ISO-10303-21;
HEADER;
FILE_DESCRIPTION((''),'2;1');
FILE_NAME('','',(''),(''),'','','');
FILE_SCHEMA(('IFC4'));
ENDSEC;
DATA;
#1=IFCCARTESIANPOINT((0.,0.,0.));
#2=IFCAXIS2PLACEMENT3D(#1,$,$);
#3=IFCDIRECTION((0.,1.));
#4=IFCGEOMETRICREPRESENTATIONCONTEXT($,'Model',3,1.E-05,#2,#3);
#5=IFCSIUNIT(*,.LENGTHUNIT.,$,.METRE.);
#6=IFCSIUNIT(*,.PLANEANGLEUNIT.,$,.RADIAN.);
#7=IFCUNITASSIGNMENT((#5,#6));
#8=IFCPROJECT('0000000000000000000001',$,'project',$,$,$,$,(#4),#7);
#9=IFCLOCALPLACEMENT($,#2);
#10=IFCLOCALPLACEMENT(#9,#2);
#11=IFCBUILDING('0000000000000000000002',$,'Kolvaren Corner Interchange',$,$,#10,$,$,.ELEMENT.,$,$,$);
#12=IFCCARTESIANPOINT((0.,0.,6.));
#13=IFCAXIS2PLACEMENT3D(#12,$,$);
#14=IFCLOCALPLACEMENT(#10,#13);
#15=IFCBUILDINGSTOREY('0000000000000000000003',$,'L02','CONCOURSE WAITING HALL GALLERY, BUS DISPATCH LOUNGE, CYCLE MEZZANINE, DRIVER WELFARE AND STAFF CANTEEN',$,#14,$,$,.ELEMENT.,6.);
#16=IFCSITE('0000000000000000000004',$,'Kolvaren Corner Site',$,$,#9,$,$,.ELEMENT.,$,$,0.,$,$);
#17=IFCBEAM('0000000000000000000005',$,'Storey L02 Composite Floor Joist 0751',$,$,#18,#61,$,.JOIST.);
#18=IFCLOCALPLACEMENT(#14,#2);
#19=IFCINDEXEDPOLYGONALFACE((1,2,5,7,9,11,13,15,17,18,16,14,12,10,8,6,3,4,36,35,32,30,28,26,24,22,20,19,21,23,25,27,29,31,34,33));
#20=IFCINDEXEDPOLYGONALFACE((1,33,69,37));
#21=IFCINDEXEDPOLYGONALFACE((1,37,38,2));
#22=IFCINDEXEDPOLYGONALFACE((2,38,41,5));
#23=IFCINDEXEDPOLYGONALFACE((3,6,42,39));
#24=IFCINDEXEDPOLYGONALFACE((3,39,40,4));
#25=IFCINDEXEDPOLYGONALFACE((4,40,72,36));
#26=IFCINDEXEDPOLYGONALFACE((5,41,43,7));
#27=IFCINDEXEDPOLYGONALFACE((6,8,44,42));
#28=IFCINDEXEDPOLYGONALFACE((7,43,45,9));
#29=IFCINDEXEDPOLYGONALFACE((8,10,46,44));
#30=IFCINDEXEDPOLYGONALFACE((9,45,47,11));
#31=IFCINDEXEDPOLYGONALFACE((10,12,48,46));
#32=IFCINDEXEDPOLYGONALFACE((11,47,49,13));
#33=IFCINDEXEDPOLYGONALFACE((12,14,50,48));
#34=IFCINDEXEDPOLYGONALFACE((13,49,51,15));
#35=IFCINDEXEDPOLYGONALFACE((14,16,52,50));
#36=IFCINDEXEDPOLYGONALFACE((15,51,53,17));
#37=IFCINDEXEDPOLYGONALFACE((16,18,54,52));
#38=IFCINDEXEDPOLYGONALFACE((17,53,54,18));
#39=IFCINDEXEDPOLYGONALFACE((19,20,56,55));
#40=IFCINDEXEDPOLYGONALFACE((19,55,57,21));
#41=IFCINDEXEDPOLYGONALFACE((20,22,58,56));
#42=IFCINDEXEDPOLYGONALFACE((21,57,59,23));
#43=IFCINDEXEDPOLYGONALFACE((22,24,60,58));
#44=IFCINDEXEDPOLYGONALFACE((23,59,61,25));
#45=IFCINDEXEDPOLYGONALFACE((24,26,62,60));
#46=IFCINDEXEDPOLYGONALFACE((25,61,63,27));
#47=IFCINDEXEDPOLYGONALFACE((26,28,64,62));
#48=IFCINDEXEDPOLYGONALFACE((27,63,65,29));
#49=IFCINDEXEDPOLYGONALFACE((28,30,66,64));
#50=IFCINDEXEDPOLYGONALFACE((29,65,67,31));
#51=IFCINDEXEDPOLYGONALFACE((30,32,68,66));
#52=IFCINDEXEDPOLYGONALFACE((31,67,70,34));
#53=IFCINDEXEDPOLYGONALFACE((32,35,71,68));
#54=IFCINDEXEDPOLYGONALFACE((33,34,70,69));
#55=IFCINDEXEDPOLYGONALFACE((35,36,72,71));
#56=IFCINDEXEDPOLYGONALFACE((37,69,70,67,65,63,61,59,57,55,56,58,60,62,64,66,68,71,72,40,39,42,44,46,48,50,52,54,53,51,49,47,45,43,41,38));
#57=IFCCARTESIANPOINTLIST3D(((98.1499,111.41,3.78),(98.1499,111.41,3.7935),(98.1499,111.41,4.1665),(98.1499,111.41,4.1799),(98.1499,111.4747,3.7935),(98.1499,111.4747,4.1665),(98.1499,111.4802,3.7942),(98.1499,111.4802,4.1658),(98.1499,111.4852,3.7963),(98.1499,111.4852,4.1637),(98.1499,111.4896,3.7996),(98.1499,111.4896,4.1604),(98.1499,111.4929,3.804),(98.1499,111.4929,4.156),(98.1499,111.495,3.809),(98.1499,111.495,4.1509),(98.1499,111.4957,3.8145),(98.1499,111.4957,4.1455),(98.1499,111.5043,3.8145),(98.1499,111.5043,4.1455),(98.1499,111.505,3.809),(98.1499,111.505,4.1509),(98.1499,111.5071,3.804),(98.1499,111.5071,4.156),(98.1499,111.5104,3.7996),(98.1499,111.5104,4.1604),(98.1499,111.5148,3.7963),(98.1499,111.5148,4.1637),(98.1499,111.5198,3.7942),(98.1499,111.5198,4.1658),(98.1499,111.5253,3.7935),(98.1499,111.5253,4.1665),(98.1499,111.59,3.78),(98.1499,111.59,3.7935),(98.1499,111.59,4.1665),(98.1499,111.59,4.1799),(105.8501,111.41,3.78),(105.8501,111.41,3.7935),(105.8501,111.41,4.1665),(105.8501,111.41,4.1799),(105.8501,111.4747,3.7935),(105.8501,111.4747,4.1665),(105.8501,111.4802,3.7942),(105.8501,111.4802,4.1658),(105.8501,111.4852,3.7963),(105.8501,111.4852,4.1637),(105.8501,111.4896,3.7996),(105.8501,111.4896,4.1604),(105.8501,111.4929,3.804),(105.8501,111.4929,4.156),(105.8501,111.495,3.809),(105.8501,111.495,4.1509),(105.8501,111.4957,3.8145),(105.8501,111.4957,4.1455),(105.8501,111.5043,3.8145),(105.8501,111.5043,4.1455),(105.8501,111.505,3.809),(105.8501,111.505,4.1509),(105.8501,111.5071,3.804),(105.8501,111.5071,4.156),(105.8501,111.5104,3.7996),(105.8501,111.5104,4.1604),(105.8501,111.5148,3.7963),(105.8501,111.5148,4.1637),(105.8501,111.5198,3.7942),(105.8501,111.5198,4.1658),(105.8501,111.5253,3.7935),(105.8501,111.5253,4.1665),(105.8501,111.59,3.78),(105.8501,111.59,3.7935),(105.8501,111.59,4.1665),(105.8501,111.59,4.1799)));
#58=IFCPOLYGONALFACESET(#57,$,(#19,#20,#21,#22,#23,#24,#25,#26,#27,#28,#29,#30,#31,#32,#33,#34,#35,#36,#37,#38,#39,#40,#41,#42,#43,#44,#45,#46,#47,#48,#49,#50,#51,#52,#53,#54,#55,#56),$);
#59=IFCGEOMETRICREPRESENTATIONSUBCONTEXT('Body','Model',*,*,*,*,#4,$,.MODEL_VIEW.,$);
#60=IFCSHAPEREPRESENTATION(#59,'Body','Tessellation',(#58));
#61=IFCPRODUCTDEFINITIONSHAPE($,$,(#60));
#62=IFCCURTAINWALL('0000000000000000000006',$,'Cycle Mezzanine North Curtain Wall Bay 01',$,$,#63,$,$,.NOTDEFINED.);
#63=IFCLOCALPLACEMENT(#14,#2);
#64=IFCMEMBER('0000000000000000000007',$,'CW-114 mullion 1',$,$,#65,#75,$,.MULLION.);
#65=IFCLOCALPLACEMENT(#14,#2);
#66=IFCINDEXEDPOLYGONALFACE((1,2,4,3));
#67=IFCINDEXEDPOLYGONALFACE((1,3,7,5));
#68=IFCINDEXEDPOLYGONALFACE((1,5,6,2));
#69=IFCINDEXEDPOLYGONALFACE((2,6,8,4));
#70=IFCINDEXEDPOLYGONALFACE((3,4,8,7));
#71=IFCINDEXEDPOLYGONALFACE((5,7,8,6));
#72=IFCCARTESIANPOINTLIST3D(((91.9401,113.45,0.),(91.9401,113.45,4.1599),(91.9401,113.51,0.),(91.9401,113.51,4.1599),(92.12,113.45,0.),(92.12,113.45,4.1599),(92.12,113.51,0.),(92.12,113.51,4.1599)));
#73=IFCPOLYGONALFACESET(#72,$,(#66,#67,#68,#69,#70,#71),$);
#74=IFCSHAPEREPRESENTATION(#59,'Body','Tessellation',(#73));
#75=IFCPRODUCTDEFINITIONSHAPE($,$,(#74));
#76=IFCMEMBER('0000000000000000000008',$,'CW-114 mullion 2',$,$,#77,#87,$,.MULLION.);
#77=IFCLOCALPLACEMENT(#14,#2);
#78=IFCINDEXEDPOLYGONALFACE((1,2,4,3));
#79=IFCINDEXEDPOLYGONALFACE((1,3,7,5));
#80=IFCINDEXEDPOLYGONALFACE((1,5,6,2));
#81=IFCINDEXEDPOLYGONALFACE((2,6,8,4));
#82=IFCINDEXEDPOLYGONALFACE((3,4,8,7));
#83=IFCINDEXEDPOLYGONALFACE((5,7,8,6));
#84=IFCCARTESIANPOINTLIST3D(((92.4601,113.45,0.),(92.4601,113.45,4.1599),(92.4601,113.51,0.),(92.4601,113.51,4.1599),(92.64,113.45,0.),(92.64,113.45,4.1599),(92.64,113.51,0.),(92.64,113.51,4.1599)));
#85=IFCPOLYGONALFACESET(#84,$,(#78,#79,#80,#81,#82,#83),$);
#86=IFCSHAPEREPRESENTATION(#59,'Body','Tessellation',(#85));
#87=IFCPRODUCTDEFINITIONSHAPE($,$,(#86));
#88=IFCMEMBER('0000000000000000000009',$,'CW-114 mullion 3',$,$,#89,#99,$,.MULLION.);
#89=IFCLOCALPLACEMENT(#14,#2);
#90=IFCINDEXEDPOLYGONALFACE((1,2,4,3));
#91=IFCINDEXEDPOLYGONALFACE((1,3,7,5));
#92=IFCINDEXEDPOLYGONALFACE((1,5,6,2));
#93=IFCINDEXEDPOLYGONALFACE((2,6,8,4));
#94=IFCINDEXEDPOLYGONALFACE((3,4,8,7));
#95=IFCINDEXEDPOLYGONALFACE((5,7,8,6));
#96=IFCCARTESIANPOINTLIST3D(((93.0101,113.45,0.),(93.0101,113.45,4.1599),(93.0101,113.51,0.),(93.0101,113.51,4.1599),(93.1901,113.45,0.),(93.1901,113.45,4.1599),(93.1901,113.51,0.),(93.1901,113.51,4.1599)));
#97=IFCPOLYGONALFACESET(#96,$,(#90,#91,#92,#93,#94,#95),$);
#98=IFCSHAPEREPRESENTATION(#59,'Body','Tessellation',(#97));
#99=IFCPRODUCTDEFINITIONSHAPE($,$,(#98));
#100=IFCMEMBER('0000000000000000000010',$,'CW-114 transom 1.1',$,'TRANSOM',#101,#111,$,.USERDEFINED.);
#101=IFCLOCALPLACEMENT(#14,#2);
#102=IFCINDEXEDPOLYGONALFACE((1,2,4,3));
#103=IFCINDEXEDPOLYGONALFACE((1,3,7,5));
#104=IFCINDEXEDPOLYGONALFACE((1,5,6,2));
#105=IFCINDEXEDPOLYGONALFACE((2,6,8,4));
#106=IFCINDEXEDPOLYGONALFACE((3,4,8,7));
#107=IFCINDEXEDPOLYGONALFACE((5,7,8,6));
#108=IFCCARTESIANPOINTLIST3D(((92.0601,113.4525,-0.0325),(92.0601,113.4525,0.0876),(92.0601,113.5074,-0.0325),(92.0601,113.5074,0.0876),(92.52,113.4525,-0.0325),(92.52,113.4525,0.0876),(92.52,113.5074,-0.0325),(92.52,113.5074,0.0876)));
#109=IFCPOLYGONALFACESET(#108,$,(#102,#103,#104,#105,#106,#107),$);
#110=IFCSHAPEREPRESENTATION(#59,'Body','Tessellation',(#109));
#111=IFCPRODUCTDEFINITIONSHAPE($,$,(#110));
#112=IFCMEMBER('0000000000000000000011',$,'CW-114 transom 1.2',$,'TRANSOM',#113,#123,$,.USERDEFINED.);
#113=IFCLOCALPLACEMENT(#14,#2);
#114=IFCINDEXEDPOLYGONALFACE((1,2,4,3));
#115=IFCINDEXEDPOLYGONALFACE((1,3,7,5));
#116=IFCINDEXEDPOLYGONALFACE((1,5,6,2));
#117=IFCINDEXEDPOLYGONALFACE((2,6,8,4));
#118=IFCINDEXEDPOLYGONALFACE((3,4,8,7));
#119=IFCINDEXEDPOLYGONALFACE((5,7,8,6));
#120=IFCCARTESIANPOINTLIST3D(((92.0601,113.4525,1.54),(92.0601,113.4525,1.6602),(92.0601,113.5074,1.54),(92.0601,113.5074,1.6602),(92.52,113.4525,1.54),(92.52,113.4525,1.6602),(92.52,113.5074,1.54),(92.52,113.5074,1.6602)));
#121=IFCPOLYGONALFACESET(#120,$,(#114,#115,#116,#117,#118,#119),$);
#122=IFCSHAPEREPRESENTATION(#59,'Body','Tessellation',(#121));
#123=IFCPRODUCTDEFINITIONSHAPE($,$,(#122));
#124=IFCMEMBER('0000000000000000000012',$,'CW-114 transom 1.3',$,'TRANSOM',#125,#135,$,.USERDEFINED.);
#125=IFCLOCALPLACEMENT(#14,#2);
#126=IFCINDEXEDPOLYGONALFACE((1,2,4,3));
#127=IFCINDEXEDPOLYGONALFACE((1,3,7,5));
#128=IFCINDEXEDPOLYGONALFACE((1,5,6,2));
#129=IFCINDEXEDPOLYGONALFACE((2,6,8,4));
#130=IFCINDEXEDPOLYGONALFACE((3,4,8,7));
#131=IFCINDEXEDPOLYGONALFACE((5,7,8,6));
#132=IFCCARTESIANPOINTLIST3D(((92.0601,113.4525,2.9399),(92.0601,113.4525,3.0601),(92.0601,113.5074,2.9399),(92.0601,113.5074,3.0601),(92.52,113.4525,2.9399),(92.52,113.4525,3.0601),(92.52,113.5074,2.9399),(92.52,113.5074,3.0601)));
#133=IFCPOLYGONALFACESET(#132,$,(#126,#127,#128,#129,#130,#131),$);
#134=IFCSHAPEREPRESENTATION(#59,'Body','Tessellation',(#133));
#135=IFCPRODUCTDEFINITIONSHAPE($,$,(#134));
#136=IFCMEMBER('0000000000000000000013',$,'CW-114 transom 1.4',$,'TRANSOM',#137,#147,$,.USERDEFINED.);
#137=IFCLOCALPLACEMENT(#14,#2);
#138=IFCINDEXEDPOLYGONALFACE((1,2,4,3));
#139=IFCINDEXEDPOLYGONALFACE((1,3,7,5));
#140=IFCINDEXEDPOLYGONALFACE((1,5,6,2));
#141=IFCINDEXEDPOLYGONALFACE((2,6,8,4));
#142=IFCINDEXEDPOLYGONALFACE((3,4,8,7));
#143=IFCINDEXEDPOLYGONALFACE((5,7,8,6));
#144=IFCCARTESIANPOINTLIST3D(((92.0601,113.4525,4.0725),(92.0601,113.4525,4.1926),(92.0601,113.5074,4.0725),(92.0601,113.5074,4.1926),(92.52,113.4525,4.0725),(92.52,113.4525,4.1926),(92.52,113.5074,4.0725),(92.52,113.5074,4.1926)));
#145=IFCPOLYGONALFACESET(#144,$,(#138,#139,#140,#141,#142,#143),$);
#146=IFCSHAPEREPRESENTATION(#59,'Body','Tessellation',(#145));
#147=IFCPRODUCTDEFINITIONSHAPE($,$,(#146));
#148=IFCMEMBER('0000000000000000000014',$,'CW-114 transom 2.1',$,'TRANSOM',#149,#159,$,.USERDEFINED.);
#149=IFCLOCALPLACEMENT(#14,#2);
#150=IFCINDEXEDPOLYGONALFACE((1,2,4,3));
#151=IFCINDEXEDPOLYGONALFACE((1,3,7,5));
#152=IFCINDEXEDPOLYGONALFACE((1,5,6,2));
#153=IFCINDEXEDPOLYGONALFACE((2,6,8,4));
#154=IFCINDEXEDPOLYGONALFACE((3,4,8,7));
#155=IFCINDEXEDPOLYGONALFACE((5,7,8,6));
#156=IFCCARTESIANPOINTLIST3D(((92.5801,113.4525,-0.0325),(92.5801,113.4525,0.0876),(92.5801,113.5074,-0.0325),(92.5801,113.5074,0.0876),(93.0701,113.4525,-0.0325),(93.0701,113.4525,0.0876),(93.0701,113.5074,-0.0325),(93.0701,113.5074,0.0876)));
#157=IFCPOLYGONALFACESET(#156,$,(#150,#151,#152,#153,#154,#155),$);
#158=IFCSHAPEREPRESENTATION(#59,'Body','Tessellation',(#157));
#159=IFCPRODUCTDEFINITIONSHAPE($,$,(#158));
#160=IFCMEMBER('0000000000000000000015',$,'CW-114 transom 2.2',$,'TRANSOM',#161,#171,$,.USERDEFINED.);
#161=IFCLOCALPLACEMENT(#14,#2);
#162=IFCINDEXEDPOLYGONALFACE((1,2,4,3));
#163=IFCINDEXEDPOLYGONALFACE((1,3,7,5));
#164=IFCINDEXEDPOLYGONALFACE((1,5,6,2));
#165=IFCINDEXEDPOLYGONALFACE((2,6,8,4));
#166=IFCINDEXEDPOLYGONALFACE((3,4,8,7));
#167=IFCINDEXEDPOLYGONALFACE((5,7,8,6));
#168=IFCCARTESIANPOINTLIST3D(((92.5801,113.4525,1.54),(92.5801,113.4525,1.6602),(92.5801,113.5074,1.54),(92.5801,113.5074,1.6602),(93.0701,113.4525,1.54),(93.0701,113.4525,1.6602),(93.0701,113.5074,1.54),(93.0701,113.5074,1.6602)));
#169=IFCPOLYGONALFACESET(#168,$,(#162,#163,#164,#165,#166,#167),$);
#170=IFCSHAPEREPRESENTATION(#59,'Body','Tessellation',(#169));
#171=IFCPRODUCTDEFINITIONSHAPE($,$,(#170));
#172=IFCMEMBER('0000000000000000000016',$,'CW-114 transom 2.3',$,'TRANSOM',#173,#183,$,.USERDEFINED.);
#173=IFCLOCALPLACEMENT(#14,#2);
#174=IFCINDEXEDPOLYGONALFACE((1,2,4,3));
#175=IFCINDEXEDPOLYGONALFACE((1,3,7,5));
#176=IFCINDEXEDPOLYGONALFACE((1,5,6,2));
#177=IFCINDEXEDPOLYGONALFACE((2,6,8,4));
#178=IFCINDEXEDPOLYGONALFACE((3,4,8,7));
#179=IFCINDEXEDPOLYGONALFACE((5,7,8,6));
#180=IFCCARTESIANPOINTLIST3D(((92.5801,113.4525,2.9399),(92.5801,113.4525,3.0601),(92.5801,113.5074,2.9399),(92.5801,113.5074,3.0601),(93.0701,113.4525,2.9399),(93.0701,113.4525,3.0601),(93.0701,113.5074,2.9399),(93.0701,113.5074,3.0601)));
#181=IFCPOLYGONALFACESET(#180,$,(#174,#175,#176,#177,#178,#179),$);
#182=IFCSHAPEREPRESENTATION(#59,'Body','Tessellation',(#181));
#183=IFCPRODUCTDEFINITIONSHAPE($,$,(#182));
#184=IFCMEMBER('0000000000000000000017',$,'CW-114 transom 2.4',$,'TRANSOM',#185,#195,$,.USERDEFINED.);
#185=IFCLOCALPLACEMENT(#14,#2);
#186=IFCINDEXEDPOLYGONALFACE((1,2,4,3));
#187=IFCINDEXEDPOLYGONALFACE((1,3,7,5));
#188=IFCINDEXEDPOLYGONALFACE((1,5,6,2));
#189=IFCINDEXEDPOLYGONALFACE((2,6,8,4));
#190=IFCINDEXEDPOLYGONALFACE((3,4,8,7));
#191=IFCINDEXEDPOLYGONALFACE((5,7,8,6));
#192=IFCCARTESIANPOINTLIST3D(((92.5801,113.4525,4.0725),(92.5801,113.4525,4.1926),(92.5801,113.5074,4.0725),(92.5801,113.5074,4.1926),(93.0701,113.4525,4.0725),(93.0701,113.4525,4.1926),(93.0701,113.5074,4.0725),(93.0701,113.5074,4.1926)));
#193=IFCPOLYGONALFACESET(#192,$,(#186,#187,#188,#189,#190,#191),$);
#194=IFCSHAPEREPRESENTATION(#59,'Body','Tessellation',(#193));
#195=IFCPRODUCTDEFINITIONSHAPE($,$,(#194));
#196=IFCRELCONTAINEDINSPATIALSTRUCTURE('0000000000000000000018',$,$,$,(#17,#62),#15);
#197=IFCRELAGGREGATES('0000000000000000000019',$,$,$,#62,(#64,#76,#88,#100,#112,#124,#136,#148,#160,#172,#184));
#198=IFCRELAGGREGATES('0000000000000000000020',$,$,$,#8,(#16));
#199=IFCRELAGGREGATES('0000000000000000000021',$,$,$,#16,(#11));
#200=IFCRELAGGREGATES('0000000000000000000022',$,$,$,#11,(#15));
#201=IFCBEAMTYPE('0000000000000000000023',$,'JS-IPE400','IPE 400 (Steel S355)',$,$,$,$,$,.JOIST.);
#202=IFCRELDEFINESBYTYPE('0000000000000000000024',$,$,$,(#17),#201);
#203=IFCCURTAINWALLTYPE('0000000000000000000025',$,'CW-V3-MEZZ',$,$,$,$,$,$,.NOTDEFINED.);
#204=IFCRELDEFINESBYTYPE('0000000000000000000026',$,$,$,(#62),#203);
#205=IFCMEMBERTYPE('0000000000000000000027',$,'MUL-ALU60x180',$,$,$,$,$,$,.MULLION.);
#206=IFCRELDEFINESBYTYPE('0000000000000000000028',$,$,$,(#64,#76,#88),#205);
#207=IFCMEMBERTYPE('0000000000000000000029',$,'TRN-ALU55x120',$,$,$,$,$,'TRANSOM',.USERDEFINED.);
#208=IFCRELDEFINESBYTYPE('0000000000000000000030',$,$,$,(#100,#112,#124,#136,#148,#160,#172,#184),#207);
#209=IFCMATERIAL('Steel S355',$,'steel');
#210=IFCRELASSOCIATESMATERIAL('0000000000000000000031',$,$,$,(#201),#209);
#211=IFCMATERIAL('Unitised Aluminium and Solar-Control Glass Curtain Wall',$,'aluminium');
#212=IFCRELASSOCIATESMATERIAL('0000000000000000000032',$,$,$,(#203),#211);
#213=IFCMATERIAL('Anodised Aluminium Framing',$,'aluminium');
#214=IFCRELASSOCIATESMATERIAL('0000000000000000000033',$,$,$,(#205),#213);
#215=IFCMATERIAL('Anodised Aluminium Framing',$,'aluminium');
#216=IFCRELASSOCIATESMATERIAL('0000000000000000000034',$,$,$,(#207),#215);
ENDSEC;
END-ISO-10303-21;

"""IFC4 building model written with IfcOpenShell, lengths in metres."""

from ifc_helpers import new_model, si_unit, direction, frame, origin, origin_2d, place, context, subcontext, project, spatial, rectangle, i_section, extrude, material, material_profile, profile_set, type_object, element, aggregate, save


model = new_model("IFC4")

# Units and contexts
model_context = context("Model", 3, precision=1e-05, world=origin(), true_north=direction((0.0, 1.0)))
body_context = subcontext(model_context, "Body", "Model", "MODEL_VIEW")
ifc_project = project(units=[si_unit("LENGTHUNIT", "METRE"), si_unit("PLANEANGLEUNIT", "RADIAN")], contexts=[model_context])

# Site, building, storey
site_placement = place(None, origin())
site = spatial("IfcSite", under=ifc_project, at=site_placement, Name="Kolvaren Corner Site", CompositionType="ELEMENT", RefElevation=0.0)
building_placement = place(site_placement, origin())
building = spatial("IfcBuilding", under=site, at=building_placement, Name="Kolvaren Corner Interchange", CompositionType="ELEMENT")
storey_placement = place(building_placement, frame((0.0, 0.0, 6.0)))
storey = spatial("IfcBuildingStorey", under=building, at=storey_placement, Name="L02", Description="CONCOURSE WAITING HALL GALLERY, BUS DISPATCH LOUNGE, CYCLE MEZZANINE, DRIVER WELFARE AND STAFF CANTEEN", CompositionType="ELEMENT", Elevation=6.0)

# Beam
ifc_material_1 = material(Name="Steel S355", Category="steel")
ifc_material_profile_1 = material_profile(ifc_material_1, i_section(OverallWidth=0.1799, OverallDepth=0.3999, WebThickness=0.0085, FlangeThickness=0.0134, FilletRadius=0.021, at=origin_2d()), Name="IPE 400")
ifc_profile_set_1 = profile_set([ifc_material_profile_1], Name="Steel S355")
beam_type = type_object("IfcBeamType", Name="JS-IPE400", Description="IPE 400 (Steel S355)", PredefinedType="JOIST", material=ifc_profile_set_1)
for number, where, z_axis, x_axis, name in (
    (1, (98.1499, 111.5, 3.98), (1.0, 0.0, 0.0), (0.0, 1.0, 0.0), "Storey L02 Composite Floor Joist 0751"),
):
    element("IfcBeam", number, at=place(storey_placement, frame(where, z_axis=z_axis, x_axis=x_axis)), inside=storey, type_object=beam_type, Name=name, PredefinedType="JOIST", context=body_context, shape_type="SweptSolid", body=[
        extrude(i_section(OverallWidth=0.1799, OverallDepth=0.3999, WebThickness=0.0085, FlangeThickness=0.0134, FilletRadius=0.021, at=origin_2d()), origin(), (0.0, 0.0, 1.0), 7.7002),
    ])

# Curtain wall, members
ifc_material_2 = material(Name="Unitised Aluminium and Solar-Control Glass Curtain Wall", Category="aluminium")
curtain_wall_type = type_object("IfcCurtainWallType", Name="CW-V3-MEZZ", PredefinedType="NOTDEFINED", material=ifc_material_2)
curtain_wall_placement = place(storey_placement, origin())
curtain_wall = element("IfcCurtainWall", 2, at=curtain_wall_placement, inside=storey, type_object=curtain_wall_type, Name="Cycle Mezzanine North Curtain Wall Bay 01", PredefinedType="NOTDEFINED")
ifc_material_3 = material(Name="Anodised Aluminium Framing", Category="aluminium")
ifc_material_profile_2 = material_profile(ifc_material_3, rectangle(XDim=0.0601, YDim=0.1799, at=origin_2d()), Name="ALU 60x180")
ifc_profile_set_2 = profile_set([ifc_material_profile_2], Name="Anodised Aluminium Framing")
member_type_1 = type_object("IfcMemberType", Name="MUL-ALU60x180", PredefinedType="MULLION", material=ifc_profile_set_2)
member_1_placement = place(storey_placement, frame((92.03, 113.48, 0.0), z_axis=(0.0, 0.0, 1.0), x_axis=(0.0, 1.0, 0.0)))
member_1 = element("IfcMember", 3, at=member_1_placement, type_object=member_type_1, Name="CW-114 mullion 1", PredefinedType="MULLION", context=body_context, shape_type="SweptSolid", body=[
    extrude(rectangle(XDim=0.0601, YDim=0.1799, at=origin_2d()), origin(), (0.0, 0.0, 1.0), 4.1599),
])
member_2_placement = place(storey_placement, frame((92.55, 113.48, 0.0), z_axis=(0.0, 0.0, 1.0), x_axis=(0.0, 1.0, 0.0)))
member_2 = element("IfcMember", 4, at=member_2_placement, type_object=member_type_1, Name="CW-114 mullion 2", PredefinedType="MULLION", context=body_context, shape_type="SweptSolid", body=[
    extrude(rectangle(XDim=0.0601, YDim=0.1799, at=origin_2d()), origin(), (0.0, 0.0, 1.0), 4.1599),
])
member_3_placement = place(storey_placement, frame((93.1001, 113.48, 0.0), z_axis=(0.0, 0.0, 1.0), x_axis=(0.0, 1.0, 0.0)))
member_3 = element("IfcMember", 5, at=member_3_placement, type_object=member_type_1, Name="CW-114 mullion 3", PredefinedType="MULLION", context=body_context, shape_type="SweptSolid", body=[
    extrude(rectangle(XDim=0.0601, YDim=0.1799, at=origin_2d()), origin(), (0.0, 0.0, 1.0), 4.1599),
])
ifc_material_4 = material(Name="Anodised Aluminium Framing", Category="aluminium")
ifc_material_profile_3 = material_profile(ifc_material_4, rectangle(XDim=0.0549, YDim=0.1201, at=origin_2d()), Name="ALU 55x120")
ifc_profile_set_3 = profile_set([ifc_material_profile_3], Name="Anodised Aluminium Framing")
member_type_2 = type_object("IfcMemberType", Name="TRN-ALU55x120", ElementType="TRANSOM", PredefinedType="USERDEFINED", material=ifc_profile_set_3)
member_4_placement = place(storey_placement, frame((92.0601, 113.48, 0.0276), z_axis=(1.0, 0.0, 0.0), x_axis=(0.0, 1.0, 0.0)))
member_4 = element("IfcMember", 6, at=member_4_placement, type_object=member_type_2, Name="CW-114 transom 1.1", ObjectType="TRANSOM", PredefinedType="USERDEFINED", context=body_context, shape_type="SweptSolid", body=[
    extrude(rectangle(XDim=0.0549, YDim=0.1201, at=origin_2d()), origin(), (0.0, 0.0, 1.0), 0.46),
])
member_5_placement = place(storey_placement, frame((92.0601, 113.48, 1.6001), z_axis=(1.0, 0.0, 0.0), x_axis=(0.0, 1.0, 0.0)))
member_5 = element("IfcMember", 7, at=member_5_placement, type_object=member_type_2, Name="CW-114 transom 1.2", ObjectType="TRANSOM", PredefinedType="USERDEFINED", context=body_context, shape_type="SweptSolid", body=[
    extrude(rectangle(XDim=0.0549, YDim=0.1201, at=origin_2d()), origin(), (0.0, 0.0, 1.0), 0.46),
])
member_6_placement = place(storey_placement, frame((92.0601, 113.48, 3.0), z_axis=(1.0, 0.0, 0.0), x_axis=(0.0, 1.0, 0.0)))
member_6 = element("IfcMember", 8, at=member_6_placement, type_object=member_type_2, Name="CW-114 transom 1.3", ObjectType="TRANSOM", PredefinedType="USERDEFINED", context=body_context, shape_type="SweptSolid", body=[
    extrude(rectangle(XDim=0.0549, YDim=0.1201, at=origin_2d()), origin(), (0.0, 0.0, 1.0), 0.46),
])
member_7_placement = place(storey_placement, frame((92.0601, 113.48, 4.1326), z_axis=(1.0, 0.0, 0.0), x_axis=(0.0, 1.0, 0.0)))
member_7 = element("IfcMember", 9, at=member_7_placement, type_object=member_type_2, Name="CW-114 transom 1.4", ObjectType="TRANSOM", PredefinedType="USERDEFINED", context=body_context, shape_type="SweptSolid", body=[
    extrude(rectangle(XDim=0.0549, YDim=0.1201, at=origin_2d()), origin(), (0.0, 0.0, 1.0), 0.46),
])
member_8_placement = place(storey_placement, frame((92.5801, 113.48, 0.0276), z_axis=(1.0, 0.0, 0.0), x_axis=(0.0, 1.0, 0.0)))
member_8 = element("IfcMember", 10, at=member_8_placement, type_object=member_type_2, Name="CW-114 transom 2.1", ObjectType="TRANSOM", PredefinedType="USERDEFINED", context=body_context, shape_type="SweptSolid", body=[
    extrude(rectangle(XDim=0.0549, YDim=0.1201, at=origin_2d()), origin(), (0.0, 0.0, 1.0), 0.49),
])
member_9_placement = place(storey_placement, frame((92.5801, 113.48, 1.6001), z_axis=(1.0, 0.0, 0.0), x_axis=(0.0, 1.0, 0.0)))
member_9 = element("IfcMember", 11, at=member_9_placement, type_object=member_type_2, Name="CW-114 transom 2.2", ObjectType="TRANSOM", PredefinedType="USERDEFINED", context=body_context, shape_type="SweptSolid", body=[
    extrude(rectangle(XDim=0.0549, YDim=0.1201, at=origin_2d()), origin(), (0.0, 0.0, 1.0), 0.49),
])
member_10_placement = place(storey_placement, frame((92.5801, 113.48, 3.0), z_axis=(1.0, 0.0, 0.0), x_axis=(0.0, 1.0, 0.0)))
member_10 = element("IfcMember", 12, at=member_10_placement, type_object=member_type_2, Name="CW-114 transom 2.3", ObjectType="TRANSOM", PredefinedType="USERDEFINED", context=body_context, shape_type="SweptSolid", body=[
    extrude(rectangle(XDim=0.0549, YDim=0.1201, at=origin_2d()), origin(), (0.0, 0.0, 1.0), 0.49),
])
member_11_placement = place(storey_placement, frame((92.5801, 113.48, 4.1326), z_axis=(1.0, 0.0, 0.0), x_axis=(0.0, 1.0, 0.0)))
member_11 = element("IfcMember", 13, at=member_11_placement, type_object=member_type_2, Name="CW-114 transom 2.4", ObjectType="TRANSOM", PredefinedType="USERDEFINED", context=body_context, shape_type="SweptSolid", body=[
    extrude(rectangle(XDim=0.0549, YDim=0.1201, at=origin_2d()), origin(), (0.0, 0.0, 1.0), 0.49),
])
aggregate(curtain_wall, [member_1, member_2, member_3, member_4, member_5, member_6, member_7, member_8, member_9, member_10, member_11])

save(model, "model.ifc")
